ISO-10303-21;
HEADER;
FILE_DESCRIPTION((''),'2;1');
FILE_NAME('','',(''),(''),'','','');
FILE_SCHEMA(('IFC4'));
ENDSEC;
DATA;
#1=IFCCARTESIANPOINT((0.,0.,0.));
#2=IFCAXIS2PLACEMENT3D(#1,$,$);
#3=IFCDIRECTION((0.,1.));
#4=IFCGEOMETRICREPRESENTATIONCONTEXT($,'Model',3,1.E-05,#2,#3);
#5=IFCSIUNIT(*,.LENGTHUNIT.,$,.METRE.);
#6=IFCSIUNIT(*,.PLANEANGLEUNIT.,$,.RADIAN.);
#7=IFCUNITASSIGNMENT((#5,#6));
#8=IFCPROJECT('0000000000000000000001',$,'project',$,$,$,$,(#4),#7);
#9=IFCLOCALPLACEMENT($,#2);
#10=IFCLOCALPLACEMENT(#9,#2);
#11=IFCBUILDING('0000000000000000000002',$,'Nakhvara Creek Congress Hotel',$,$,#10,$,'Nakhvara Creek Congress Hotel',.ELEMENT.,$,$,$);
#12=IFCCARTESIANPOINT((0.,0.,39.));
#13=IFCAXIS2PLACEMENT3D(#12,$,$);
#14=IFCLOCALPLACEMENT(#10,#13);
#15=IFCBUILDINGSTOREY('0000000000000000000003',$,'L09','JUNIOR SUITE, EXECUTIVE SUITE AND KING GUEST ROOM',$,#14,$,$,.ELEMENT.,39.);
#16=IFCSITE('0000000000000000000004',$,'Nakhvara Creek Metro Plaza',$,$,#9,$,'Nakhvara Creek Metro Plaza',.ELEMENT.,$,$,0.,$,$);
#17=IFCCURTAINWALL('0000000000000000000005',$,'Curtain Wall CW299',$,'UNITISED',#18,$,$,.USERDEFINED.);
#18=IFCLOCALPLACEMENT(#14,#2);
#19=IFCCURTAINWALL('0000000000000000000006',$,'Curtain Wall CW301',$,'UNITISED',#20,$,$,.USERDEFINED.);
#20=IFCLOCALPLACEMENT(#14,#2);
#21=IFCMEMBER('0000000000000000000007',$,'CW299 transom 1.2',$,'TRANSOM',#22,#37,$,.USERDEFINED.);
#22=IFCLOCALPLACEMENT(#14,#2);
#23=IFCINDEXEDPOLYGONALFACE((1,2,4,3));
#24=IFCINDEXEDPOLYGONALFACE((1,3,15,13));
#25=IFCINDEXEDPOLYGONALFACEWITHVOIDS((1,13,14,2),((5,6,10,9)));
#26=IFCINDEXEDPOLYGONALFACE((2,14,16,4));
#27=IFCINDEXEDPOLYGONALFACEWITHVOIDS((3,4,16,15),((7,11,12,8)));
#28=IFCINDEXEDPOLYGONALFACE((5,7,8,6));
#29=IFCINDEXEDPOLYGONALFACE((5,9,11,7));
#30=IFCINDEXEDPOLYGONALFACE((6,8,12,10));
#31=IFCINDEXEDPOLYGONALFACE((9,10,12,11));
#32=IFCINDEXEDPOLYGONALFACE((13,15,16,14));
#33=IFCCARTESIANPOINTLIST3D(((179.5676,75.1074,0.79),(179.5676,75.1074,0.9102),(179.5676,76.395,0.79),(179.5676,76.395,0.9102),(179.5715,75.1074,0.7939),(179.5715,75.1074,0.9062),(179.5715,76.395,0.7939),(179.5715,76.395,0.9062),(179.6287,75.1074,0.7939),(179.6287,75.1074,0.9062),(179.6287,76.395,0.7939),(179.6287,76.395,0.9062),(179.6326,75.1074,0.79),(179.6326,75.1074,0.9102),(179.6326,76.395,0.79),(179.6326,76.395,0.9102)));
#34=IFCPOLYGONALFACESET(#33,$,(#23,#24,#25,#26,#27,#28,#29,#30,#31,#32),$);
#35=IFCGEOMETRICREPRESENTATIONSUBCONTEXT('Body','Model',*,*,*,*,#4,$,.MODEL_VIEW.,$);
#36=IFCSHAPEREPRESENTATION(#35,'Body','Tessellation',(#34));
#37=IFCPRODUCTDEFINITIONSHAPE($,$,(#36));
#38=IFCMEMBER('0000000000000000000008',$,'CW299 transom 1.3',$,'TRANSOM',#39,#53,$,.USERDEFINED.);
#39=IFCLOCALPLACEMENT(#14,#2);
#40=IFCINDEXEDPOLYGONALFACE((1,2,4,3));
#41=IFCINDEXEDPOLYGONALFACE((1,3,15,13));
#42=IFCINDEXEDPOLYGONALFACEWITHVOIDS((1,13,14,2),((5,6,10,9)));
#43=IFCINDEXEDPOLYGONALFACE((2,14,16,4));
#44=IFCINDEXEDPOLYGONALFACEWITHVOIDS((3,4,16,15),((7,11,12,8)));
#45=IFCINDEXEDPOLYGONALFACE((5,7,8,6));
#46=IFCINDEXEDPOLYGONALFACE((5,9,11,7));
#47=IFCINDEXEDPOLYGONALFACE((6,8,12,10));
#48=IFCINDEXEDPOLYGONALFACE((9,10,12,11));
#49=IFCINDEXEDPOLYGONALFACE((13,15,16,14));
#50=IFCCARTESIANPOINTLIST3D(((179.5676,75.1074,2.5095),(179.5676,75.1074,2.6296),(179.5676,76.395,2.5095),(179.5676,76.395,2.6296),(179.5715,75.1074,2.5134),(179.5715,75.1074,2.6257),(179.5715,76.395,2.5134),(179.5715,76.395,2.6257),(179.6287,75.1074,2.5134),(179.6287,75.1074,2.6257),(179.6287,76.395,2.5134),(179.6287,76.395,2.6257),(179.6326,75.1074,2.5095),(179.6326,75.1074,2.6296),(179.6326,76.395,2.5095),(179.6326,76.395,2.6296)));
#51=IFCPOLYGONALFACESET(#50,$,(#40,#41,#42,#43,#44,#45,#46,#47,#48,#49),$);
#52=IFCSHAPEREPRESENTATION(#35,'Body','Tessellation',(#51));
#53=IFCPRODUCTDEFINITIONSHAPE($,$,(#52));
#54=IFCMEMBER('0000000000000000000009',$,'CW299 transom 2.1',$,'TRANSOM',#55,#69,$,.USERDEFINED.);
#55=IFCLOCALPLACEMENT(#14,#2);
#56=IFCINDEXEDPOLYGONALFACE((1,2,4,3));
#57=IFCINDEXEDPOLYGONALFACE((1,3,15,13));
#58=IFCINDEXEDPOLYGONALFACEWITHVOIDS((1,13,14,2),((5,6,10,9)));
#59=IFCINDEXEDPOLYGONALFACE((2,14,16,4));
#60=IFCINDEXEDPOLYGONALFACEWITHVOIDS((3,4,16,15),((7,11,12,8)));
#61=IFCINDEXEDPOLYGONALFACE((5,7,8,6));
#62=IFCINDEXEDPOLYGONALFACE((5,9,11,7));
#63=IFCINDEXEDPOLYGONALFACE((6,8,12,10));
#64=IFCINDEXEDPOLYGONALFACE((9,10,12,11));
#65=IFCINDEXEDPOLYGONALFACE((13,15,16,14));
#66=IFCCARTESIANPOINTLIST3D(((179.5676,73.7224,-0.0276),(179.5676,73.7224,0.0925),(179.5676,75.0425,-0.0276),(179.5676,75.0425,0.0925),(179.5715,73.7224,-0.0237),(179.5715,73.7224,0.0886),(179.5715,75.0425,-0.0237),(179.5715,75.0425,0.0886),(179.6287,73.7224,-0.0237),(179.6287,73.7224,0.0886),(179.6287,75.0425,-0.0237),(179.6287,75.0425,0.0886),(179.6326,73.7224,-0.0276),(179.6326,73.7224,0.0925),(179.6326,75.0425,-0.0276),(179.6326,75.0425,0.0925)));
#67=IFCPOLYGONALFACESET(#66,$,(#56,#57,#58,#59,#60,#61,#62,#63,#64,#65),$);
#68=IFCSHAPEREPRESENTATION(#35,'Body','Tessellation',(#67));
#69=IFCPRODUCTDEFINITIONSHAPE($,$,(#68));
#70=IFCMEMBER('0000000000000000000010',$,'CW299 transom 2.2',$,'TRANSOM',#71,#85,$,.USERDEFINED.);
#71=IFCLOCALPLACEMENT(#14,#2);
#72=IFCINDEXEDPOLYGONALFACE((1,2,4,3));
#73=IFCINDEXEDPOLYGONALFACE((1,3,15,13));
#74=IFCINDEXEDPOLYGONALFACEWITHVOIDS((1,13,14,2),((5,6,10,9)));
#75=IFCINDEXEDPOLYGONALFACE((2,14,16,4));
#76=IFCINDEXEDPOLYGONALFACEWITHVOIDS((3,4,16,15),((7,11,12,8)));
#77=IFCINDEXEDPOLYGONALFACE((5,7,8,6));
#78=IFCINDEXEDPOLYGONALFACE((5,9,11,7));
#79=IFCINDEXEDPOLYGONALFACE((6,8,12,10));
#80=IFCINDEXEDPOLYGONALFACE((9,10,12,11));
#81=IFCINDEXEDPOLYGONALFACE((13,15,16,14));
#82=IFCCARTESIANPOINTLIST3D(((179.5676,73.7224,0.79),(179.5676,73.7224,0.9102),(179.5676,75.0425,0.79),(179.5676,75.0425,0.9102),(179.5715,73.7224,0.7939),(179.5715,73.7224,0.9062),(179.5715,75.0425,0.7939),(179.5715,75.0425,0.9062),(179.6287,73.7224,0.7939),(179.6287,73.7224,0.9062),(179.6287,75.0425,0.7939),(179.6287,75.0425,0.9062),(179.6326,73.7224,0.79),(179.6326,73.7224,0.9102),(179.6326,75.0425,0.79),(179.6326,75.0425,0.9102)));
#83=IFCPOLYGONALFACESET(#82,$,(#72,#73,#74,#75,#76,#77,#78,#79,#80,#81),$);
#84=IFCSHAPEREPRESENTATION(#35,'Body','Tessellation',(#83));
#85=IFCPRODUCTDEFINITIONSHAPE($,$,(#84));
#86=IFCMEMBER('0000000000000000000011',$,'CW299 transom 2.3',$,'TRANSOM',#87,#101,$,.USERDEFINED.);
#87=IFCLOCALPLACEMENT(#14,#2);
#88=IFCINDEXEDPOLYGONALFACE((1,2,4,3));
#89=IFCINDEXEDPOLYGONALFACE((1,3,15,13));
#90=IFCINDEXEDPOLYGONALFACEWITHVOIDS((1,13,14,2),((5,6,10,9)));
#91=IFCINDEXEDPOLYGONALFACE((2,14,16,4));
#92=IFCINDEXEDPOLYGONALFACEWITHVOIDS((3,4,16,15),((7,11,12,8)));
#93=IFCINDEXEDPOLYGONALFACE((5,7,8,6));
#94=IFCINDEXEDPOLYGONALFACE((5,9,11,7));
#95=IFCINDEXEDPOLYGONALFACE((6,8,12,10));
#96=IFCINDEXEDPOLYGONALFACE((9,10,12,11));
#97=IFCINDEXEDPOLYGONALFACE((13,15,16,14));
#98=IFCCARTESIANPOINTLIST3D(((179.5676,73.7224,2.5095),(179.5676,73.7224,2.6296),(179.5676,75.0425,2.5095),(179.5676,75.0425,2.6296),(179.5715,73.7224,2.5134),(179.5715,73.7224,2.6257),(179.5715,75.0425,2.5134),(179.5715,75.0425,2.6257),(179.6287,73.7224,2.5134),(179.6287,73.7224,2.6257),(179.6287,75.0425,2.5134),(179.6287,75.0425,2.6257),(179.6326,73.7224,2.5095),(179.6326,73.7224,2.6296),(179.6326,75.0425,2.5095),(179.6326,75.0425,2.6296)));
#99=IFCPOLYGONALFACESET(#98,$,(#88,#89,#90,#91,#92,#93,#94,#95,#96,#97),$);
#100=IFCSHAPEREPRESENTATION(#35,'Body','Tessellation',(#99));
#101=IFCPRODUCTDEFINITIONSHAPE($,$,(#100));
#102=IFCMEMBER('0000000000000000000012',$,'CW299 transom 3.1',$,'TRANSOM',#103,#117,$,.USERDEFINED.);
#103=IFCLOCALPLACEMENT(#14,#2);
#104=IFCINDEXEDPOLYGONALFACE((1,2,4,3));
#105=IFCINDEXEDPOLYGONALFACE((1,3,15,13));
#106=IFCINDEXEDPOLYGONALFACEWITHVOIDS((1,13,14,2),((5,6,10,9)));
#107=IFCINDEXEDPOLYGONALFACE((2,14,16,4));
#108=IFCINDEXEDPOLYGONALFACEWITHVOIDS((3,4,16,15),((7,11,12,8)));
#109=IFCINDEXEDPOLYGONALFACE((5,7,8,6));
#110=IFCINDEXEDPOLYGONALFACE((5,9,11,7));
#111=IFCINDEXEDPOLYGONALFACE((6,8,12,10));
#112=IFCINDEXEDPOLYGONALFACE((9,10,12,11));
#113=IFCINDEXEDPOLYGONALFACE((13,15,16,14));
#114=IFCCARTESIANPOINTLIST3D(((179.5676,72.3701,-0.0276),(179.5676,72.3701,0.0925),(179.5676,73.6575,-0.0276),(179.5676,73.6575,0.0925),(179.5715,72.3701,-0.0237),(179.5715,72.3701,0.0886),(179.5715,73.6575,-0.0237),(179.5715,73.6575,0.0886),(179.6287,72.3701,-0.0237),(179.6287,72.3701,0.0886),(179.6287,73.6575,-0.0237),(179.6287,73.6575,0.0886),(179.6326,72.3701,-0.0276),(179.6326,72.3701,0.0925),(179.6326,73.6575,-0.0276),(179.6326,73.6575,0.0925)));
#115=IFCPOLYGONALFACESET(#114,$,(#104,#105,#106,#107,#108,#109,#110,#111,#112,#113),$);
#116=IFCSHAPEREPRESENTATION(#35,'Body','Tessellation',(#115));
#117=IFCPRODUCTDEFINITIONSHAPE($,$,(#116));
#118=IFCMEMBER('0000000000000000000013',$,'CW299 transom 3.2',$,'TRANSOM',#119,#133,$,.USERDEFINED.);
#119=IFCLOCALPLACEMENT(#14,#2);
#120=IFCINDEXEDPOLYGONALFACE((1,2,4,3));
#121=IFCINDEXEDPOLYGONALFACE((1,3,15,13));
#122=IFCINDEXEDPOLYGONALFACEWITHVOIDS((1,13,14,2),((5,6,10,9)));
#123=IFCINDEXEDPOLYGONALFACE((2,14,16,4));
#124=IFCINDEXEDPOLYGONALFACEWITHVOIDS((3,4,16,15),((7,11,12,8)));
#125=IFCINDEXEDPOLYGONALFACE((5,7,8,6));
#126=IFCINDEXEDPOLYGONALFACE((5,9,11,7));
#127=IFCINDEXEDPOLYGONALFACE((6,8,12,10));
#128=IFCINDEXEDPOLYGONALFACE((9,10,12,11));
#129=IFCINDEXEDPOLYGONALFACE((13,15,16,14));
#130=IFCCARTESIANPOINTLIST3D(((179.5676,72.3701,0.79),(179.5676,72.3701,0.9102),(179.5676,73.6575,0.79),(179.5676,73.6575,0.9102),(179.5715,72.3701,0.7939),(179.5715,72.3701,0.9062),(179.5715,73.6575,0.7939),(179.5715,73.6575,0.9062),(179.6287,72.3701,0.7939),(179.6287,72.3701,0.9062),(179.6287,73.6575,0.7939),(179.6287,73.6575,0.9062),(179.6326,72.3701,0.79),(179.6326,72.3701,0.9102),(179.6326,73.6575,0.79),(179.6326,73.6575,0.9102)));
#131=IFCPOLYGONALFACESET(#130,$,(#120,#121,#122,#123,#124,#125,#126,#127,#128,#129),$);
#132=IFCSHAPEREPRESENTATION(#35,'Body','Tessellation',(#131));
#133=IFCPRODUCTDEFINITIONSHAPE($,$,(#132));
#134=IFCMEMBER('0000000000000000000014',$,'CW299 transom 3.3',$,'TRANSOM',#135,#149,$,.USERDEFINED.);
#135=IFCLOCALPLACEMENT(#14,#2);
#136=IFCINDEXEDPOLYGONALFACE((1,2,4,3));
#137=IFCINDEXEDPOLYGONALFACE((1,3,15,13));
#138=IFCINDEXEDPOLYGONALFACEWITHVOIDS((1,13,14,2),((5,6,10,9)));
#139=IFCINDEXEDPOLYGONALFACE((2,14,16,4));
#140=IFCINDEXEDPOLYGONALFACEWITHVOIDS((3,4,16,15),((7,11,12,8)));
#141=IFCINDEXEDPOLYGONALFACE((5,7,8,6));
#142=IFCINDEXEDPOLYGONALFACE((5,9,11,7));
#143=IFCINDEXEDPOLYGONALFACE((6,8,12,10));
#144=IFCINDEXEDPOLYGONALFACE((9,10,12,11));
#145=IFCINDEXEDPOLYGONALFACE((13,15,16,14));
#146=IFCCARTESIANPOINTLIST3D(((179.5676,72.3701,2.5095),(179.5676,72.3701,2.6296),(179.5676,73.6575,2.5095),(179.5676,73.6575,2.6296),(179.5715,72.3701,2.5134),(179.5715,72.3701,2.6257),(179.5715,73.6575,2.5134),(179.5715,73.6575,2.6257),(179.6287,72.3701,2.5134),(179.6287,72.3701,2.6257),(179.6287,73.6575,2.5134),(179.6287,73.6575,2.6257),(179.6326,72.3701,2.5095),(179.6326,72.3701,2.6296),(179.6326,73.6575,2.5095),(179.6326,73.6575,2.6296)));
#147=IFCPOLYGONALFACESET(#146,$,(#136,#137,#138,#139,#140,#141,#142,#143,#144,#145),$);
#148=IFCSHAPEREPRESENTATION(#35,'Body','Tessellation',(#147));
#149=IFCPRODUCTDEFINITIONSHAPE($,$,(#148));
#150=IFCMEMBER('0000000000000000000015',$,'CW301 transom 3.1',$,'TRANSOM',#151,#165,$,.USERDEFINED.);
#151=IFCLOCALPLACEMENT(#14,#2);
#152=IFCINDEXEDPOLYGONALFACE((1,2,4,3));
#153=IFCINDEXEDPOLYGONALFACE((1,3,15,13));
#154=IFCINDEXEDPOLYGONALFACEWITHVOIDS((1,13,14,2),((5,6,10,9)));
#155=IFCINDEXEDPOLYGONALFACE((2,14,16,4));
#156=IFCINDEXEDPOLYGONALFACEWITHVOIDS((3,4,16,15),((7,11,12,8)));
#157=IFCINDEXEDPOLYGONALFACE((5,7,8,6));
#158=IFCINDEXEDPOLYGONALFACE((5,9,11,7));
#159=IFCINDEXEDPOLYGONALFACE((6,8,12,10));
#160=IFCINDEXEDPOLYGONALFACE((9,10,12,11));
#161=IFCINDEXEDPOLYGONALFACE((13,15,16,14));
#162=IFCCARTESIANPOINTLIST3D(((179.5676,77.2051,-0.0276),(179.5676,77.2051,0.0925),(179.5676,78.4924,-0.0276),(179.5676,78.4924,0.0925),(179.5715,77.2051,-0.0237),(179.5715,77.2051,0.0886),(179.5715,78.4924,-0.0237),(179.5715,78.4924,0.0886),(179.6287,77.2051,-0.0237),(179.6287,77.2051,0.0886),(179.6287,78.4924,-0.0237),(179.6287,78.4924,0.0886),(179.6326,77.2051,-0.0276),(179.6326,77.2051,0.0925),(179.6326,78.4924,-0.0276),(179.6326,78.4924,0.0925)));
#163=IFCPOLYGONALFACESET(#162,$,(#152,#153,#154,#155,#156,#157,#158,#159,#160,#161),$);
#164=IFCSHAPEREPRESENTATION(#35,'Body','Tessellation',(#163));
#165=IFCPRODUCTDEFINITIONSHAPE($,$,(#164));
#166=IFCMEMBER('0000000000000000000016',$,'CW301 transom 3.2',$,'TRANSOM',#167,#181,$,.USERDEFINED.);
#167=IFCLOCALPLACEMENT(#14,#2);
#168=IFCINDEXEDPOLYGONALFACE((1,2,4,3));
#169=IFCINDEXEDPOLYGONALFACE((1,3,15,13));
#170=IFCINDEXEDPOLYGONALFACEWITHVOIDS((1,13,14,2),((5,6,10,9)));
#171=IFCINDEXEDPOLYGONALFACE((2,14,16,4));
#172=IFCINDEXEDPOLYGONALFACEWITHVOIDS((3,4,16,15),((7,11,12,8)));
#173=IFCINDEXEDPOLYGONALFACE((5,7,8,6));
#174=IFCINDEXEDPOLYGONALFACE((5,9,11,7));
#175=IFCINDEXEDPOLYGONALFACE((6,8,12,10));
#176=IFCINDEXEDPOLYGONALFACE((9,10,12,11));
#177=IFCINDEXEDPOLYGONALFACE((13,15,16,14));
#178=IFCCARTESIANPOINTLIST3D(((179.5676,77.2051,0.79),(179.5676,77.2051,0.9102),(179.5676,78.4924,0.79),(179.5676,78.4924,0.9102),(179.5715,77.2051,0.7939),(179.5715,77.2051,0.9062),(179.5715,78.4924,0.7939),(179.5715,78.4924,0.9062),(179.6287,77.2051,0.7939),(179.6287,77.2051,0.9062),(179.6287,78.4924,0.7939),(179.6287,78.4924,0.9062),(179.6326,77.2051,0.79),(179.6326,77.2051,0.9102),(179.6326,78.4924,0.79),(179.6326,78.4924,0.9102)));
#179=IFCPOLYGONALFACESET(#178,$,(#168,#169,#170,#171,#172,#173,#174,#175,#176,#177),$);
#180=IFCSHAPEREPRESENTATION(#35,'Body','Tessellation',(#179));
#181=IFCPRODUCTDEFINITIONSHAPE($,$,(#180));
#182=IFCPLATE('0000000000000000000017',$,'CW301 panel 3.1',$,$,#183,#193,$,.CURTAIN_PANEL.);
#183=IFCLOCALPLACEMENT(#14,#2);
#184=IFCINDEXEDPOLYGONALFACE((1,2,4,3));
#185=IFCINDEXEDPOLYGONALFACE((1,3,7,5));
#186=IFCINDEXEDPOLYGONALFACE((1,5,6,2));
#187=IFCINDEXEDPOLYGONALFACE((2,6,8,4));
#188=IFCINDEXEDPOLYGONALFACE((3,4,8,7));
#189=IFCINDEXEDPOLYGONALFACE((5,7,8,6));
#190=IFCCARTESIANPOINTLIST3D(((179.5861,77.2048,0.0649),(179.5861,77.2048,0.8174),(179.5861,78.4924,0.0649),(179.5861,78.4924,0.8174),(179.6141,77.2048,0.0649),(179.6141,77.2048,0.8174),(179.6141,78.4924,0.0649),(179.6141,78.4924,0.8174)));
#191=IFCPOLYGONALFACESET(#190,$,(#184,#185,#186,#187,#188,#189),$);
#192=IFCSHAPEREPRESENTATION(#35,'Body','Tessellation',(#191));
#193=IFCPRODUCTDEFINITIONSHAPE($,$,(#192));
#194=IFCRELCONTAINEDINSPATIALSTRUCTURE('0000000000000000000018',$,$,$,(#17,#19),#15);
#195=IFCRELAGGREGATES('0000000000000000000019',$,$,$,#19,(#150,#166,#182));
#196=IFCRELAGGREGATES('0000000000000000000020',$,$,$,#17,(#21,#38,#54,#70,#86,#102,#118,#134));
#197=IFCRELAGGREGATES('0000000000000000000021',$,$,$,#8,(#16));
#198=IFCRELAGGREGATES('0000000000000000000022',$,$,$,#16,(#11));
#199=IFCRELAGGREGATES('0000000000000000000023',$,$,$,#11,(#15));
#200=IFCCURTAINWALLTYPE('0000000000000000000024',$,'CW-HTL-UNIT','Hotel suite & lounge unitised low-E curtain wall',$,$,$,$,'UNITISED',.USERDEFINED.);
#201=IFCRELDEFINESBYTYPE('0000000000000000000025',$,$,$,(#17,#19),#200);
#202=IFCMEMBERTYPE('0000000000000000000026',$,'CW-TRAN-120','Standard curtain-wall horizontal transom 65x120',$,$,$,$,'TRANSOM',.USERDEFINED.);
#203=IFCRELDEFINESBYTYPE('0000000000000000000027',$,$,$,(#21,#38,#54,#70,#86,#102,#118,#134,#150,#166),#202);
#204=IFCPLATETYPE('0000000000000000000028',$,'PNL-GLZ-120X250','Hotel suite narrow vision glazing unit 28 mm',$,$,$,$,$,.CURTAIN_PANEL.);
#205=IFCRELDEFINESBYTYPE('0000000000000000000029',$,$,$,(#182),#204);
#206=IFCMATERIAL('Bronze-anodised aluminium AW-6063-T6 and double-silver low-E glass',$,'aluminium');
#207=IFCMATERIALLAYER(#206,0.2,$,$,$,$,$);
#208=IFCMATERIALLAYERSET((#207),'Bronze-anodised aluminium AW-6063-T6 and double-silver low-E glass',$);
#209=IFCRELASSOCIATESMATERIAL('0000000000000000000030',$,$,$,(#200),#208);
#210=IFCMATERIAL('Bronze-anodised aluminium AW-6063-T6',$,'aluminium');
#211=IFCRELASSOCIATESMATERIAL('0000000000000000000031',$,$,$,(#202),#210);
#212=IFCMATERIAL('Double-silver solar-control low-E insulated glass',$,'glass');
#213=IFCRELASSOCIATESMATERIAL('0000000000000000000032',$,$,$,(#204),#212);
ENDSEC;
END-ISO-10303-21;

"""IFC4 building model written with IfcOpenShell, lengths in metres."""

from ifc_helpers import new_model, si_unit, direction, frame, origin, origin_2d, place, context, subcontext, project, spatial, rectangle, hollow_rectangle, extrude, material, layer, layer_set, material_profile, profile_set, type_object, element, aggregate, save


model = new_model("IFC4")

# Units and contexts
model_context = context("Model", 3, precision=1e-05, world=origin(), true_north=direction((0.0, 1.0)))
body_context = subcontext(model_context, "Body", "Model", "MODEL_VIEW")
ifc_project = project(units=[si_unit("LENGTHUNIT", "METRE"), si_unit("PLANEANGLEUNIT", "RADIAN")], contexts=[model_context])

# Site, building, storey
site_placement = place(None, origin())
site = spatial("IfcSite", under=ifc_project, at=site_placement, Name="Nakhvara Creek Metro Plaza", LongName="Nakhvara Creek Metro Plaza", CompositionType="ELEMENT", RefElevation=0.0)
building_placement = place(site_placement, origin())
building = spatial("IfcBuilding", under=site, at=building_placement, Name="Nakhvara Creek Congress Hotel", LongName="Nakhvara Creek Congress Hotel", CompositionType="ELEMENT")
storey_placement = place(building_placement, frame((0.0, 0.0, 39.0)))
storey = spatial("IfcBuildingStorey", under=building, at=storey_placement, Name="L09", Description="JUNIOR SUITE, EXECUTIVE SUITE AND KING GUEST ROOM", CompositionType="ELEMENT", Elevation=39.0)

# Curtain wall
ifc_material_1 = material(Name="Bronze-anodised aluminium AW-6063-T6 and double-silver low-E glass", Category="aluminium")
ifc_layer_1 = layer(ifc_material_1, 0.2)
ifc_layer_set_1 = layer_set([ifc_layer_1], Name="Bronze-anodised aluminium AW-6063-T6 and double-silver low-E glass")
curtain_wall_type = type_object("IfcCurtainWallType", Name="CW-HTL-UNIT", Description="Hotel suite & lounge unitised low-E curtain wall", ElementType="UNITISED", PredefinedType="USERDEFINED", material=ifc_layer_set_1)
curtain_wall_1_placement = place(storey_placement, origin())
curtain_wall_1 = element("IfcCurtainWall", 1, at=curtain_wall_1_placement, inside=storey, type_object=curtain_wall_type, Name="Curtain Wall CW299", ObjectType="UNITISED", PredefinedType="USERDEFINED")
ifc_material_2 = material(Name="Bronze-anodised aluminium AW-6063-T6", Category="aluminium")

# Curtain wall
curtain_wall_2_placement = place(storey_placement, origin())
curtain_wall_2 = element("IfcCurtainWall", 2, at=curtain_wall_2_placement, inside=storey, type_object=curtain_wall_type, Name="Curtain Wall CW301", ObjectType="UNITISED", PredefinedType="USERDEFINED")

# Members
ifc_material_profile_1 = material_profile(ifc_material_2, hollow_rectangle(XDim=0.0649, YDim=0.1201, WallThickness=0.0039, at=origin_2d()), Name="ALU-TRAN 65x120x4", Category="LoadBearing")
ifc_profile_set_1 = profile_set([ifc_material_profile_1], Name="Bronze-anodised aluminium AW-6063-T6")
member_type_1 = type_object("IfcMemberType", Name="CW-TRAN-120", Description="Standard curtain-wall horizontal transom 65x120", ElementType="TRANSOM", PredefinedType="USERDEFINED", material=ifc_profile_set_1)
member_1_placement = place(storey_placement, frame((179.6001, 76.395, 0.8501), z_axis=(0.0, -1.0, 0.0), x_axis=(1.0, 0.0, 0.0)))
member_1 = element("IfcMember", 3, at=member_1_placement, type_object=member_type_1, Name="CW299 transom 1.2", ObjectType="TRANSOM", PredefinedType="USERDEFINED", context=body_context, shape_type="SweptSolid", body=[
    extrude(hollow_rectangle(XDim=0.0649, YDim=0.1201, WallThickness=0.0039, at=origin_2d()), origin(), (0.0, 0.0, 1.0), 1.2876),
])
member_2_placement = place(storey_placement, frame((179.6001, 76.395, 2.5696), z_axis=(0.0, -1.0, 0.0), x_axis=(1.0, 0.0, 0.0)))
member_2 = element("IfcMember", 4, at=member_2_placement, type_object=member_type_1, Name="CW299 transom 1.3", ObjectType="TRANSOM", PredefinedType="USERDEFINED", context=body_context, shape_type="SweptSolid", body=[
    extrude(hollow_rectangle(XDim=0.0649, YDim=0.1201, WallThickness=0.0039, at=origin_2d()), origin(), (0.0, 0.0, 1.0), 1.2876),
])
member_3_placement = place(storey_placement, frame((179.6001, 75.0425, 0.0325), z_axis=(0.0, -1.0, 0.0), x_axis=(1.0, 0.0, 0.0)))
member_3 = element("IfcMember", 5, at=member_3_placement, type_object=member_type_1, Name="CW299 transom 2.1", ObjectType="TRANSOM", PredefinedType="USERDEFINED", context=body_context, shape_type="SweptSolid", body=[
    extrude(hollow_rectangle(XDim=0.0649, YDim=0.1201, WallThickness=0.0039, at=origin_2d()), origin(), (0.0, 0.0, 1.0), 1.3201),
])
member_4_placement = place(storey_placement, frame((179.6001, 75.0425, 0.8501), z_axis=(0.0, -1.0, 0.0), x_axis=(1.0, 0.0, 0.0)))
member_4 = element("IfcMember", 6, at=member_4_placement, type_object=member_type_1, Name="CW299 transom 2.2", ObjectType="TRANSOM", PredefinedType="USERDEFINED", context=body_context, shape_type="SweptSolid", body=[
    extrude(hollow_rectangle(XDim=0.0649, YDim=0.1201, WallThickness=0.0039, at=origin_2d()), origin(), (0.0, 0.0, 1.0), 1.3201),
])
member_5_placement = place(storey_placement, frame((179.6001, 75.0425, 2.5696), z_axis=(0.0, -1.0, 0.0), x_axis=(1.0, 0.0, 0.0)))
member_5 = element("IfcMember", 7, at=member_5_placement, type_object=member_type_1, Name="CW299 transom 2.3", ObjectType="TRANSOM", PredefinedType="USERDEFINED", context=body_context, shape_type="SweptSolid", body=[
    extrude(hollow_rectangle(XDim=0.0649, YDim=0.1201, WallThickness=0.0039, at=origin_2d()), origin(), (0.0, 0.0, 1.0), 1.3201),
])
member_6_placement = place(storey_placement, frame((179.6001, 73.6575, 0.0325), z_axis=(0.0, -1.0, 0.0), x_axis=(1.0, 0.0, 0.0)))
member_6 = element("IfcMember", 8, at=member_6_placement, type_object=member_type_1, Name="CW299 transom 3.1", ObjectType="TRANSOM", PredefinedType="USERDEFINED", context=body_context, shape_type="SweptSolid", body=[
    extrude(hollow_rectangle(XDim=0.0649, YDim=0.1201, WallThickness=0.0039, at=origin_2d()), origin(), (0.0, 0.0, 1.0), 1.2874),
])
member_7_placement = place(storey_placement, frame((179.6001, 73.6575, 0.8501), z_axis=(0.0, -1.0, 0.0), x_axis=(1.0, 0.0, 0.0)))
member_7 = element("IfcMember", 9, at=member_7_placement, type_object=member_type_1, Name="CW299 transom 3.2", ObjectType="TRANSOM", PredefinedType="USERDEFINED", context=body_context, shape_type="SweptSolid", body=[
    extrude(hollow_rectangle(XDim=0.0649, YDim=0.1201, WallThickness=0.0039, at=origin_2d()), origin(), (0.0, 0.0, 1.0), 1.2874),
])
member_8_placement = place(storey_placement, frame((179.6001, 73.6575, 2.5696), z_axis=(0.0, -1.0, 0.0), x_axis=(1.0, 0.0, 0.0)))
member_8 = element("IfcMember", 10, at=member_8_placement, type_object=member_type_1, Name="CW299 transom 3.3", ObjectType="TRANSOM", PredefinedType="USERDEFINED", context=body_context, shape_type="SweptSolid", body=[
    extrude(hollow_rectangle(XDim=0.0649, YDim=0.1201, WallThickness=0.0039, at=origin_2d()), origin(), (0.0, 0.0, 1.0), 1.2874),
])
member_9_placement = place(storey_placement, frame((179.6001, 78.4924, 0.0325), z_axis=(0.0, -1.0, 0.0), x_axis=(1.0, 0.0, 0.0)))
member_9 = element("IfcMember", 11, at=member_9_placement, type_object=member_type_1, Name="CW301 transom 3.1", ObjectType="TRANSOM", PredefinedType="USERDEFINED", context=body_context, shape_type="SweptSolid", body=[
    extrude(hollow_rectangle(XDim=0.0649, YDim=0.1201, WallThickness=0.0039, at=origin_2d()), origin(), (0.0, 0.0, 1.0), 1.2874),
])
member_10_placement = place(storey_placement, frame((179.6001, 78.4924, 0.8501), z_axis=(0.0, -1.0, 0.0), x_axis=(1.0, 0.0, 0.0)))
member_10 = element("IfcMember", 12, at=member_10_placement, type_object=member_type_1, Name="CW301 transom 3.2", ObjectType="TRANSOM", PredefinedType="USERDEFINED", context=body_context, shape_type="SweptSolid", body=[
    extrude(hollow_rectangle(XDim=0.0649, YDim=0.1201, WallThickness=0.0039, at=origin_2d()), origin(), (0.0, 0.0, 1.0), 1.2874),
])

# Plate
ifc_material_3 = material(Name="Double-silver solar-control low-E insulated glass", Category="glass")
plate_type_1 = type_object("IfcPlateType", Name="PNL-GLZ-120X250", Description="Hotel suite narrow vision glazing unit 28 mm", PredefinedType="CURTAIN_PANEL", material=ifc_material_3)
plate_1_placement = place(storey_placement, frame((179.6001, 77.8486, 0.0649), z_axis=(0.0, 0.0, 1.0), x_axis=(0.0, -1.0, 0.0)))
plate_1 = element("IfcPlate", 13, at=plate_1_placement, type_object=plate_type_1, Name="CW301 panel 3.1", PredefinedType="CURTAIN_PANEL", context=body_context, shape_type="SweptSolid", body=[
    extrude(rectangle(XDim=1.2876, YDim=0.0281, at=origin_2d()), origin(), (0.0, 0.0, 1.0), 0.7524),
])
aggregate(curtain_wall_2, [member_9, member_10, plate_1])
aggregate(curtain_wall_1, [member_1, member_2, member_3, member_4, member_5, member_6, member_7, member_8])

save(model, "model.ifc")
